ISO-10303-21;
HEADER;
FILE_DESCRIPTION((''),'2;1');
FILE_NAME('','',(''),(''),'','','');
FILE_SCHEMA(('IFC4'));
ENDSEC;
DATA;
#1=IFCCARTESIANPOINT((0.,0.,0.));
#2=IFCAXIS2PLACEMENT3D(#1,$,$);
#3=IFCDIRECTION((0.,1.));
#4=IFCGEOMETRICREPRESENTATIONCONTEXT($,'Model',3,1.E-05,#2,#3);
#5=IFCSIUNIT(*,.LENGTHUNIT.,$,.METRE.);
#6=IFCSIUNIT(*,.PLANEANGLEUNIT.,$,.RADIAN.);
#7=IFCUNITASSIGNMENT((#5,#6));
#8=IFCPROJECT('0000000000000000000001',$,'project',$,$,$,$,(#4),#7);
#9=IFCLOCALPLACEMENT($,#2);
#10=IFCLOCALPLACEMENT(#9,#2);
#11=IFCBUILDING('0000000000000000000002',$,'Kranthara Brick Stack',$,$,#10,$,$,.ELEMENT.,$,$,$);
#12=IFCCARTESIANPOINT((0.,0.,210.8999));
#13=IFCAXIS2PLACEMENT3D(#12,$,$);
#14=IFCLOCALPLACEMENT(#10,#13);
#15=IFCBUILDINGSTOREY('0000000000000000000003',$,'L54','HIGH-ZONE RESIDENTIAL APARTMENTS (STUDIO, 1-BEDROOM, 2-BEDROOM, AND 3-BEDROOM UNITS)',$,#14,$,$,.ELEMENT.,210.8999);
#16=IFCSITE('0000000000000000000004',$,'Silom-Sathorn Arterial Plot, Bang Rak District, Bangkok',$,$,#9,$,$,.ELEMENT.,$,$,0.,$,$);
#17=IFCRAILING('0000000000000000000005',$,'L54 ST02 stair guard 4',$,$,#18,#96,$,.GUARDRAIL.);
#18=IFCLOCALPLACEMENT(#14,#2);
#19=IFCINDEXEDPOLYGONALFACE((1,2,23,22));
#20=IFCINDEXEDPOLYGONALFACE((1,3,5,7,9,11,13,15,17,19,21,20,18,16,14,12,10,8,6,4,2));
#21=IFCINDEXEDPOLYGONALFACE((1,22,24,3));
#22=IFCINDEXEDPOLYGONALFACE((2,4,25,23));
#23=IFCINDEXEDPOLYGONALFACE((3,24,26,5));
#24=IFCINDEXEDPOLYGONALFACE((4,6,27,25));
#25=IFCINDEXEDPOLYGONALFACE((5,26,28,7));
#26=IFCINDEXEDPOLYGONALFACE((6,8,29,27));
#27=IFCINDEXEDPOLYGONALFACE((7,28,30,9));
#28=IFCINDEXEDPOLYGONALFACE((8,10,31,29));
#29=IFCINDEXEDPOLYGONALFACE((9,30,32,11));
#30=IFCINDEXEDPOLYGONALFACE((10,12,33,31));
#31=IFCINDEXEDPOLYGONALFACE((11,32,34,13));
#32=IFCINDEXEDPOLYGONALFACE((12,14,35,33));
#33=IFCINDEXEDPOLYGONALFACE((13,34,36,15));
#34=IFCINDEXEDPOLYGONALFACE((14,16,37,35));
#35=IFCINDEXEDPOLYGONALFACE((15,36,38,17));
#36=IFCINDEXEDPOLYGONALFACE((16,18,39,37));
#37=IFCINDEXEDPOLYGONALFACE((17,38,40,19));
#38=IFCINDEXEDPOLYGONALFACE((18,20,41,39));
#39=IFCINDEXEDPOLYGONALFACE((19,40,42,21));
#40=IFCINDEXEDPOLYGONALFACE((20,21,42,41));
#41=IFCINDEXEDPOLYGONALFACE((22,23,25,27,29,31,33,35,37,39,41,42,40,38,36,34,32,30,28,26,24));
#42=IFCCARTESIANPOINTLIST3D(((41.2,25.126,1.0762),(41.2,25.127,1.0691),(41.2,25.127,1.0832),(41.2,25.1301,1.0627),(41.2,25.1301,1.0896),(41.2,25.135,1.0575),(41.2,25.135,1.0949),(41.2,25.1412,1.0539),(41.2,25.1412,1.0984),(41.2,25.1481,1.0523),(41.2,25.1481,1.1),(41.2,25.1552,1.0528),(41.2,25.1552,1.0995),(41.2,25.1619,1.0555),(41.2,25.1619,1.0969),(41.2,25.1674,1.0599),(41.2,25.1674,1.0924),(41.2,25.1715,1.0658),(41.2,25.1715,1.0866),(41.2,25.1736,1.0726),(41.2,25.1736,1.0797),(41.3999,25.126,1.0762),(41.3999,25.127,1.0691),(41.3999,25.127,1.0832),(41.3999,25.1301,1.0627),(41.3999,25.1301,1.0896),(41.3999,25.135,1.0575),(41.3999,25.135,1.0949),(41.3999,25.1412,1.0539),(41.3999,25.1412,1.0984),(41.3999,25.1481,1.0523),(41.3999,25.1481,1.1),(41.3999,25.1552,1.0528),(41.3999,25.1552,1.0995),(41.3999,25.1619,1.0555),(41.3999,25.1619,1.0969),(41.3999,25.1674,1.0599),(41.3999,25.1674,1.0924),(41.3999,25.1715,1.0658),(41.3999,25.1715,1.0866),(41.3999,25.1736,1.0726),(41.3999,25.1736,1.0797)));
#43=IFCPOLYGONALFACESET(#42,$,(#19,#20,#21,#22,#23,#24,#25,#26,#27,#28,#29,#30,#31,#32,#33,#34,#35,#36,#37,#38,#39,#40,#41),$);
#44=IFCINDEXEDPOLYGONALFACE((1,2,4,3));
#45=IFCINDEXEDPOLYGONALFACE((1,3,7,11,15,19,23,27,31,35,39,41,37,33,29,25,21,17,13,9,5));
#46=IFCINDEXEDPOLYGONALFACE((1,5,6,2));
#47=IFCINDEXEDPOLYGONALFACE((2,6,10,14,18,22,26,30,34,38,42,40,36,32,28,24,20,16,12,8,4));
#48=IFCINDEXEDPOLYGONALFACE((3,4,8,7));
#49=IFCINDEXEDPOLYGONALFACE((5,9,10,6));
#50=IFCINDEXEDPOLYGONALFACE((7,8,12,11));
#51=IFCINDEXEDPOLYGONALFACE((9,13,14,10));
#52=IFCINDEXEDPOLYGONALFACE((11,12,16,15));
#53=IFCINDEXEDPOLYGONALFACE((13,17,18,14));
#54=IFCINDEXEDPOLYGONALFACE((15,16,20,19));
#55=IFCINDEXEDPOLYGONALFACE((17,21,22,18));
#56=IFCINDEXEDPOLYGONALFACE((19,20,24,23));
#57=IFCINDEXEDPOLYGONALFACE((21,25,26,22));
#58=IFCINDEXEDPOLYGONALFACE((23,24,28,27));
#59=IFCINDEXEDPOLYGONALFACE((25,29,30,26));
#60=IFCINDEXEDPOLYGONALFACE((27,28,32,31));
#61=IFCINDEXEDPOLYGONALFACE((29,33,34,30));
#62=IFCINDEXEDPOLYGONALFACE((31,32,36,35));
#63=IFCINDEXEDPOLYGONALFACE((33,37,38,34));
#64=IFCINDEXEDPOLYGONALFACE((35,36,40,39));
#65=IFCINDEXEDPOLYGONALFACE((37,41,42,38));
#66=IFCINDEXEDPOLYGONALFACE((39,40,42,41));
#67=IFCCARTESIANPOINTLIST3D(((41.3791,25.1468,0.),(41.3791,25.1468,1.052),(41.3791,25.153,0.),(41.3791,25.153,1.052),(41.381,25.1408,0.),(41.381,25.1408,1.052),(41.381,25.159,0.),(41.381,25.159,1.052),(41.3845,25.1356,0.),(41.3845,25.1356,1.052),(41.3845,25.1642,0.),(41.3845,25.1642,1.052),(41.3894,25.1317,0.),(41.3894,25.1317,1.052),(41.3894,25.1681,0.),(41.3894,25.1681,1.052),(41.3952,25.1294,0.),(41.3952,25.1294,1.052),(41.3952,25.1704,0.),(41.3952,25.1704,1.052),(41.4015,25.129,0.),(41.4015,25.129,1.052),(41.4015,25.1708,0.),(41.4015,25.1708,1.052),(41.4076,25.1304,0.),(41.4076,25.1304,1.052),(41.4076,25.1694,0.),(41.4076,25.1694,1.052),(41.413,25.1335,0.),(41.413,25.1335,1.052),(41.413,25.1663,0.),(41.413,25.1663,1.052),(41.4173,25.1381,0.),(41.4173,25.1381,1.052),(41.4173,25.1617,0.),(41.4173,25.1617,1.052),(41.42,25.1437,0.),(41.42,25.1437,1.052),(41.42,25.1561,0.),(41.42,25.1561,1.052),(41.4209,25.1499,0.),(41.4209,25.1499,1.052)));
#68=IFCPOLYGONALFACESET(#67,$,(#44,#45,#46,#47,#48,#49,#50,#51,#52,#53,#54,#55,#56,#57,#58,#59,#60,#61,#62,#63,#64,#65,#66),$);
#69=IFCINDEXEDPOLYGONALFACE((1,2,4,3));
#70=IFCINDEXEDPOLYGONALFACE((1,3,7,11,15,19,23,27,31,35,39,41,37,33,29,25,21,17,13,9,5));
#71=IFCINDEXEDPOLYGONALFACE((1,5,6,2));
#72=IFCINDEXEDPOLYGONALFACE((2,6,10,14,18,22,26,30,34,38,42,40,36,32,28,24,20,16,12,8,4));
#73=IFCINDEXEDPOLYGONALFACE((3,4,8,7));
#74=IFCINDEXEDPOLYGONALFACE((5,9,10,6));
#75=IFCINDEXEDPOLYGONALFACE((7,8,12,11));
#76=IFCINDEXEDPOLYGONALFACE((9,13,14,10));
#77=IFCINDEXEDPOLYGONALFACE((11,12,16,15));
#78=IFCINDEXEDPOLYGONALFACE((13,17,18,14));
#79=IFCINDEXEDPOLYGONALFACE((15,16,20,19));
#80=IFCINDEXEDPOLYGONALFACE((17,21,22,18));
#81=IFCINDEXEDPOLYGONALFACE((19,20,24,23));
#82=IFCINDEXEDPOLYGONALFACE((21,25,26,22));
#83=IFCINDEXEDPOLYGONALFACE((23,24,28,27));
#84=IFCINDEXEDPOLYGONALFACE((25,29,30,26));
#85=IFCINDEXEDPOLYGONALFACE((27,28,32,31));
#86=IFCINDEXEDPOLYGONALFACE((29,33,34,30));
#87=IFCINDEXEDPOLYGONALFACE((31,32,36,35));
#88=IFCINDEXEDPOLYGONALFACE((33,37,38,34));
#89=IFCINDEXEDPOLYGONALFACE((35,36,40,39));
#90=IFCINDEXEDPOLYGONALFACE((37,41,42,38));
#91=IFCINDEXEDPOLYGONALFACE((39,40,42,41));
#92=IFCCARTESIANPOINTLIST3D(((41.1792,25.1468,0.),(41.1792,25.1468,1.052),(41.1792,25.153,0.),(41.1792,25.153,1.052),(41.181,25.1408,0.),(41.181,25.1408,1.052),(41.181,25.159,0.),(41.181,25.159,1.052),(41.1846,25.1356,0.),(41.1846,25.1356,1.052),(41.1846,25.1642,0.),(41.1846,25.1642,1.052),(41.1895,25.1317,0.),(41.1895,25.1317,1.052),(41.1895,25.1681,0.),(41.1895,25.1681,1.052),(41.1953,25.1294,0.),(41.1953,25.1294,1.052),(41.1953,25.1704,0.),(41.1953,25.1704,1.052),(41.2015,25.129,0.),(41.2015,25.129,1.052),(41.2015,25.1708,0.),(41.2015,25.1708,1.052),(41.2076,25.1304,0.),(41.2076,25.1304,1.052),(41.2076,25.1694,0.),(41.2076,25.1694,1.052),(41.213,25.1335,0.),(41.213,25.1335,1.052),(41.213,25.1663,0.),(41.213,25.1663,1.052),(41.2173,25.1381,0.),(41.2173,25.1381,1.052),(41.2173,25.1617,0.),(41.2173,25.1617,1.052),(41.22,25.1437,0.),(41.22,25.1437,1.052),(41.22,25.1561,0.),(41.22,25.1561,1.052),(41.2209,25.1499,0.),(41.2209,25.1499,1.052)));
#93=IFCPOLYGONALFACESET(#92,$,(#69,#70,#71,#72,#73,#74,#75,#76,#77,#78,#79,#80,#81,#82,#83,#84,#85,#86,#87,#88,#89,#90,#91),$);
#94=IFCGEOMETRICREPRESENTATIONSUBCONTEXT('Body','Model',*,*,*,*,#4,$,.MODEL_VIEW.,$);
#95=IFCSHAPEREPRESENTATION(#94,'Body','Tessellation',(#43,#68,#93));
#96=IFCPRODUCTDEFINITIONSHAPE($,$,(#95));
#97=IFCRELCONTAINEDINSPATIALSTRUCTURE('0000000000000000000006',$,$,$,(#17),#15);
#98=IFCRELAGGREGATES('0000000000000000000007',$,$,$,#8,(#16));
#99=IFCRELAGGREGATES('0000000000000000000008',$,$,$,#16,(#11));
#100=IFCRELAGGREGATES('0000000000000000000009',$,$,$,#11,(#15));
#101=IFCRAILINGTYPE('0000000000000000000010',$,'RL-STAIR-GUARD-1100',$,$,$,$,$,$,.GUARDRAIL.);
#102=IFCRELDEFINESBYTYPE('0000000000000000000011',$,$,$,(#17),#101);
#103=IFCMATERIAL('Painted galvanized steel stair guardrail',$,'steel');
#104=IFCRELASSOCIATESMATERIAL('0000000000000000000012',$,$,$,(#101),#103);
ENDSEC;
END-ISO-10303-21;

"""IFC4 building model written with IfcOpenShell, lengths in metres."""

from ifc_helpers import new_model, si_unit, direction, frame, origin, origin_2d, place, context, subcontext, project, spatial, circle, extrude, material, type_object, element, save


model = new_model("IFC4")

# Units and contexts
model_context = context("Model", 3, precision=1e-05, world=origin(), true_north=direction((0.0, 1.0)))
body_context = subcontext(model_context, "Body", "Model", "MODEL_VIEW")
ifc_project = project(units=[si_unit("LENGTHUNIT", "METRE"), si_unit("PLANEANGLEUNIT", "RADIAN")], contexts=[model_context])

# Site, building, storey
site_placement = place(None, origin())
site = spatial("IfcSite", under=ifc_project, at=site_placement, Name="Silom-Sathorn Arterial Plot, Bang Rak District, Bangkok", CompositionType="ELEMENT", RefElevation=0.0)
building_placement = place(site_placement, origin())
building = spatial("IfcBuilding", under=site, at=building_placement, Name="Kranthara Brick Stack", CompositionType="ELEMENT")
storey_placement = place(building_placement, frame((0.0, 0.0, 210.8999)))
storey = spatial("IfcBuildingStorey", under=building, at=storey_placement, Name="L54", Description="HIGH-ZONE RESIDENTIAL APARTMENTS (STUDIO, 1-BEDROOM, 2-BEDROOM, AND 3-BEDROOM UNITS)", CompositionType="ELEMENT", Elevation=210.8999)

# Railing
ifc_material_1 = material(Name="Painted galvanized steel stair guardrail", Category="steel")
railing_type_1 = type_object("IfcRailingType", Name="RL-STAIR-GUARD-1100", PredefinedType="GUARDRAIL", material=ifc_material_1)
railing_1_placement = place(storey_placement, frame((41.3999, 25.1499, 0.0)))
element("IfcRailing", 1, at=railing_1_placement, inside=storey, type_object=railing_type_1, Name="L54 ST02 stair guard 4", PredefinedType="GUARDRAIL", context=body_context, shape_type="SweptSolid", body=[
    extrude(circle(Radius=0.0239, at=origin_2d()), frame((0.0, 0.0, 1.0762), z_axis=(-1.0, 0.0, 0.0), x_axis=(0.0, -1.0, 0.0)), (0.0, 0.0, 1.0), 0.2),
    extrude(circle(Radius=0.021, at=origin_2d()), origin(), (0.0, 0.0, 1.0), 1.052),
    extrude(circle(Radius=0.021, at=origin_2d()), frame((-0.2, 0.0, 0.0)), (0.0, 0.0, 1.0), 1.052),
])

save(model, "model.ifc")
